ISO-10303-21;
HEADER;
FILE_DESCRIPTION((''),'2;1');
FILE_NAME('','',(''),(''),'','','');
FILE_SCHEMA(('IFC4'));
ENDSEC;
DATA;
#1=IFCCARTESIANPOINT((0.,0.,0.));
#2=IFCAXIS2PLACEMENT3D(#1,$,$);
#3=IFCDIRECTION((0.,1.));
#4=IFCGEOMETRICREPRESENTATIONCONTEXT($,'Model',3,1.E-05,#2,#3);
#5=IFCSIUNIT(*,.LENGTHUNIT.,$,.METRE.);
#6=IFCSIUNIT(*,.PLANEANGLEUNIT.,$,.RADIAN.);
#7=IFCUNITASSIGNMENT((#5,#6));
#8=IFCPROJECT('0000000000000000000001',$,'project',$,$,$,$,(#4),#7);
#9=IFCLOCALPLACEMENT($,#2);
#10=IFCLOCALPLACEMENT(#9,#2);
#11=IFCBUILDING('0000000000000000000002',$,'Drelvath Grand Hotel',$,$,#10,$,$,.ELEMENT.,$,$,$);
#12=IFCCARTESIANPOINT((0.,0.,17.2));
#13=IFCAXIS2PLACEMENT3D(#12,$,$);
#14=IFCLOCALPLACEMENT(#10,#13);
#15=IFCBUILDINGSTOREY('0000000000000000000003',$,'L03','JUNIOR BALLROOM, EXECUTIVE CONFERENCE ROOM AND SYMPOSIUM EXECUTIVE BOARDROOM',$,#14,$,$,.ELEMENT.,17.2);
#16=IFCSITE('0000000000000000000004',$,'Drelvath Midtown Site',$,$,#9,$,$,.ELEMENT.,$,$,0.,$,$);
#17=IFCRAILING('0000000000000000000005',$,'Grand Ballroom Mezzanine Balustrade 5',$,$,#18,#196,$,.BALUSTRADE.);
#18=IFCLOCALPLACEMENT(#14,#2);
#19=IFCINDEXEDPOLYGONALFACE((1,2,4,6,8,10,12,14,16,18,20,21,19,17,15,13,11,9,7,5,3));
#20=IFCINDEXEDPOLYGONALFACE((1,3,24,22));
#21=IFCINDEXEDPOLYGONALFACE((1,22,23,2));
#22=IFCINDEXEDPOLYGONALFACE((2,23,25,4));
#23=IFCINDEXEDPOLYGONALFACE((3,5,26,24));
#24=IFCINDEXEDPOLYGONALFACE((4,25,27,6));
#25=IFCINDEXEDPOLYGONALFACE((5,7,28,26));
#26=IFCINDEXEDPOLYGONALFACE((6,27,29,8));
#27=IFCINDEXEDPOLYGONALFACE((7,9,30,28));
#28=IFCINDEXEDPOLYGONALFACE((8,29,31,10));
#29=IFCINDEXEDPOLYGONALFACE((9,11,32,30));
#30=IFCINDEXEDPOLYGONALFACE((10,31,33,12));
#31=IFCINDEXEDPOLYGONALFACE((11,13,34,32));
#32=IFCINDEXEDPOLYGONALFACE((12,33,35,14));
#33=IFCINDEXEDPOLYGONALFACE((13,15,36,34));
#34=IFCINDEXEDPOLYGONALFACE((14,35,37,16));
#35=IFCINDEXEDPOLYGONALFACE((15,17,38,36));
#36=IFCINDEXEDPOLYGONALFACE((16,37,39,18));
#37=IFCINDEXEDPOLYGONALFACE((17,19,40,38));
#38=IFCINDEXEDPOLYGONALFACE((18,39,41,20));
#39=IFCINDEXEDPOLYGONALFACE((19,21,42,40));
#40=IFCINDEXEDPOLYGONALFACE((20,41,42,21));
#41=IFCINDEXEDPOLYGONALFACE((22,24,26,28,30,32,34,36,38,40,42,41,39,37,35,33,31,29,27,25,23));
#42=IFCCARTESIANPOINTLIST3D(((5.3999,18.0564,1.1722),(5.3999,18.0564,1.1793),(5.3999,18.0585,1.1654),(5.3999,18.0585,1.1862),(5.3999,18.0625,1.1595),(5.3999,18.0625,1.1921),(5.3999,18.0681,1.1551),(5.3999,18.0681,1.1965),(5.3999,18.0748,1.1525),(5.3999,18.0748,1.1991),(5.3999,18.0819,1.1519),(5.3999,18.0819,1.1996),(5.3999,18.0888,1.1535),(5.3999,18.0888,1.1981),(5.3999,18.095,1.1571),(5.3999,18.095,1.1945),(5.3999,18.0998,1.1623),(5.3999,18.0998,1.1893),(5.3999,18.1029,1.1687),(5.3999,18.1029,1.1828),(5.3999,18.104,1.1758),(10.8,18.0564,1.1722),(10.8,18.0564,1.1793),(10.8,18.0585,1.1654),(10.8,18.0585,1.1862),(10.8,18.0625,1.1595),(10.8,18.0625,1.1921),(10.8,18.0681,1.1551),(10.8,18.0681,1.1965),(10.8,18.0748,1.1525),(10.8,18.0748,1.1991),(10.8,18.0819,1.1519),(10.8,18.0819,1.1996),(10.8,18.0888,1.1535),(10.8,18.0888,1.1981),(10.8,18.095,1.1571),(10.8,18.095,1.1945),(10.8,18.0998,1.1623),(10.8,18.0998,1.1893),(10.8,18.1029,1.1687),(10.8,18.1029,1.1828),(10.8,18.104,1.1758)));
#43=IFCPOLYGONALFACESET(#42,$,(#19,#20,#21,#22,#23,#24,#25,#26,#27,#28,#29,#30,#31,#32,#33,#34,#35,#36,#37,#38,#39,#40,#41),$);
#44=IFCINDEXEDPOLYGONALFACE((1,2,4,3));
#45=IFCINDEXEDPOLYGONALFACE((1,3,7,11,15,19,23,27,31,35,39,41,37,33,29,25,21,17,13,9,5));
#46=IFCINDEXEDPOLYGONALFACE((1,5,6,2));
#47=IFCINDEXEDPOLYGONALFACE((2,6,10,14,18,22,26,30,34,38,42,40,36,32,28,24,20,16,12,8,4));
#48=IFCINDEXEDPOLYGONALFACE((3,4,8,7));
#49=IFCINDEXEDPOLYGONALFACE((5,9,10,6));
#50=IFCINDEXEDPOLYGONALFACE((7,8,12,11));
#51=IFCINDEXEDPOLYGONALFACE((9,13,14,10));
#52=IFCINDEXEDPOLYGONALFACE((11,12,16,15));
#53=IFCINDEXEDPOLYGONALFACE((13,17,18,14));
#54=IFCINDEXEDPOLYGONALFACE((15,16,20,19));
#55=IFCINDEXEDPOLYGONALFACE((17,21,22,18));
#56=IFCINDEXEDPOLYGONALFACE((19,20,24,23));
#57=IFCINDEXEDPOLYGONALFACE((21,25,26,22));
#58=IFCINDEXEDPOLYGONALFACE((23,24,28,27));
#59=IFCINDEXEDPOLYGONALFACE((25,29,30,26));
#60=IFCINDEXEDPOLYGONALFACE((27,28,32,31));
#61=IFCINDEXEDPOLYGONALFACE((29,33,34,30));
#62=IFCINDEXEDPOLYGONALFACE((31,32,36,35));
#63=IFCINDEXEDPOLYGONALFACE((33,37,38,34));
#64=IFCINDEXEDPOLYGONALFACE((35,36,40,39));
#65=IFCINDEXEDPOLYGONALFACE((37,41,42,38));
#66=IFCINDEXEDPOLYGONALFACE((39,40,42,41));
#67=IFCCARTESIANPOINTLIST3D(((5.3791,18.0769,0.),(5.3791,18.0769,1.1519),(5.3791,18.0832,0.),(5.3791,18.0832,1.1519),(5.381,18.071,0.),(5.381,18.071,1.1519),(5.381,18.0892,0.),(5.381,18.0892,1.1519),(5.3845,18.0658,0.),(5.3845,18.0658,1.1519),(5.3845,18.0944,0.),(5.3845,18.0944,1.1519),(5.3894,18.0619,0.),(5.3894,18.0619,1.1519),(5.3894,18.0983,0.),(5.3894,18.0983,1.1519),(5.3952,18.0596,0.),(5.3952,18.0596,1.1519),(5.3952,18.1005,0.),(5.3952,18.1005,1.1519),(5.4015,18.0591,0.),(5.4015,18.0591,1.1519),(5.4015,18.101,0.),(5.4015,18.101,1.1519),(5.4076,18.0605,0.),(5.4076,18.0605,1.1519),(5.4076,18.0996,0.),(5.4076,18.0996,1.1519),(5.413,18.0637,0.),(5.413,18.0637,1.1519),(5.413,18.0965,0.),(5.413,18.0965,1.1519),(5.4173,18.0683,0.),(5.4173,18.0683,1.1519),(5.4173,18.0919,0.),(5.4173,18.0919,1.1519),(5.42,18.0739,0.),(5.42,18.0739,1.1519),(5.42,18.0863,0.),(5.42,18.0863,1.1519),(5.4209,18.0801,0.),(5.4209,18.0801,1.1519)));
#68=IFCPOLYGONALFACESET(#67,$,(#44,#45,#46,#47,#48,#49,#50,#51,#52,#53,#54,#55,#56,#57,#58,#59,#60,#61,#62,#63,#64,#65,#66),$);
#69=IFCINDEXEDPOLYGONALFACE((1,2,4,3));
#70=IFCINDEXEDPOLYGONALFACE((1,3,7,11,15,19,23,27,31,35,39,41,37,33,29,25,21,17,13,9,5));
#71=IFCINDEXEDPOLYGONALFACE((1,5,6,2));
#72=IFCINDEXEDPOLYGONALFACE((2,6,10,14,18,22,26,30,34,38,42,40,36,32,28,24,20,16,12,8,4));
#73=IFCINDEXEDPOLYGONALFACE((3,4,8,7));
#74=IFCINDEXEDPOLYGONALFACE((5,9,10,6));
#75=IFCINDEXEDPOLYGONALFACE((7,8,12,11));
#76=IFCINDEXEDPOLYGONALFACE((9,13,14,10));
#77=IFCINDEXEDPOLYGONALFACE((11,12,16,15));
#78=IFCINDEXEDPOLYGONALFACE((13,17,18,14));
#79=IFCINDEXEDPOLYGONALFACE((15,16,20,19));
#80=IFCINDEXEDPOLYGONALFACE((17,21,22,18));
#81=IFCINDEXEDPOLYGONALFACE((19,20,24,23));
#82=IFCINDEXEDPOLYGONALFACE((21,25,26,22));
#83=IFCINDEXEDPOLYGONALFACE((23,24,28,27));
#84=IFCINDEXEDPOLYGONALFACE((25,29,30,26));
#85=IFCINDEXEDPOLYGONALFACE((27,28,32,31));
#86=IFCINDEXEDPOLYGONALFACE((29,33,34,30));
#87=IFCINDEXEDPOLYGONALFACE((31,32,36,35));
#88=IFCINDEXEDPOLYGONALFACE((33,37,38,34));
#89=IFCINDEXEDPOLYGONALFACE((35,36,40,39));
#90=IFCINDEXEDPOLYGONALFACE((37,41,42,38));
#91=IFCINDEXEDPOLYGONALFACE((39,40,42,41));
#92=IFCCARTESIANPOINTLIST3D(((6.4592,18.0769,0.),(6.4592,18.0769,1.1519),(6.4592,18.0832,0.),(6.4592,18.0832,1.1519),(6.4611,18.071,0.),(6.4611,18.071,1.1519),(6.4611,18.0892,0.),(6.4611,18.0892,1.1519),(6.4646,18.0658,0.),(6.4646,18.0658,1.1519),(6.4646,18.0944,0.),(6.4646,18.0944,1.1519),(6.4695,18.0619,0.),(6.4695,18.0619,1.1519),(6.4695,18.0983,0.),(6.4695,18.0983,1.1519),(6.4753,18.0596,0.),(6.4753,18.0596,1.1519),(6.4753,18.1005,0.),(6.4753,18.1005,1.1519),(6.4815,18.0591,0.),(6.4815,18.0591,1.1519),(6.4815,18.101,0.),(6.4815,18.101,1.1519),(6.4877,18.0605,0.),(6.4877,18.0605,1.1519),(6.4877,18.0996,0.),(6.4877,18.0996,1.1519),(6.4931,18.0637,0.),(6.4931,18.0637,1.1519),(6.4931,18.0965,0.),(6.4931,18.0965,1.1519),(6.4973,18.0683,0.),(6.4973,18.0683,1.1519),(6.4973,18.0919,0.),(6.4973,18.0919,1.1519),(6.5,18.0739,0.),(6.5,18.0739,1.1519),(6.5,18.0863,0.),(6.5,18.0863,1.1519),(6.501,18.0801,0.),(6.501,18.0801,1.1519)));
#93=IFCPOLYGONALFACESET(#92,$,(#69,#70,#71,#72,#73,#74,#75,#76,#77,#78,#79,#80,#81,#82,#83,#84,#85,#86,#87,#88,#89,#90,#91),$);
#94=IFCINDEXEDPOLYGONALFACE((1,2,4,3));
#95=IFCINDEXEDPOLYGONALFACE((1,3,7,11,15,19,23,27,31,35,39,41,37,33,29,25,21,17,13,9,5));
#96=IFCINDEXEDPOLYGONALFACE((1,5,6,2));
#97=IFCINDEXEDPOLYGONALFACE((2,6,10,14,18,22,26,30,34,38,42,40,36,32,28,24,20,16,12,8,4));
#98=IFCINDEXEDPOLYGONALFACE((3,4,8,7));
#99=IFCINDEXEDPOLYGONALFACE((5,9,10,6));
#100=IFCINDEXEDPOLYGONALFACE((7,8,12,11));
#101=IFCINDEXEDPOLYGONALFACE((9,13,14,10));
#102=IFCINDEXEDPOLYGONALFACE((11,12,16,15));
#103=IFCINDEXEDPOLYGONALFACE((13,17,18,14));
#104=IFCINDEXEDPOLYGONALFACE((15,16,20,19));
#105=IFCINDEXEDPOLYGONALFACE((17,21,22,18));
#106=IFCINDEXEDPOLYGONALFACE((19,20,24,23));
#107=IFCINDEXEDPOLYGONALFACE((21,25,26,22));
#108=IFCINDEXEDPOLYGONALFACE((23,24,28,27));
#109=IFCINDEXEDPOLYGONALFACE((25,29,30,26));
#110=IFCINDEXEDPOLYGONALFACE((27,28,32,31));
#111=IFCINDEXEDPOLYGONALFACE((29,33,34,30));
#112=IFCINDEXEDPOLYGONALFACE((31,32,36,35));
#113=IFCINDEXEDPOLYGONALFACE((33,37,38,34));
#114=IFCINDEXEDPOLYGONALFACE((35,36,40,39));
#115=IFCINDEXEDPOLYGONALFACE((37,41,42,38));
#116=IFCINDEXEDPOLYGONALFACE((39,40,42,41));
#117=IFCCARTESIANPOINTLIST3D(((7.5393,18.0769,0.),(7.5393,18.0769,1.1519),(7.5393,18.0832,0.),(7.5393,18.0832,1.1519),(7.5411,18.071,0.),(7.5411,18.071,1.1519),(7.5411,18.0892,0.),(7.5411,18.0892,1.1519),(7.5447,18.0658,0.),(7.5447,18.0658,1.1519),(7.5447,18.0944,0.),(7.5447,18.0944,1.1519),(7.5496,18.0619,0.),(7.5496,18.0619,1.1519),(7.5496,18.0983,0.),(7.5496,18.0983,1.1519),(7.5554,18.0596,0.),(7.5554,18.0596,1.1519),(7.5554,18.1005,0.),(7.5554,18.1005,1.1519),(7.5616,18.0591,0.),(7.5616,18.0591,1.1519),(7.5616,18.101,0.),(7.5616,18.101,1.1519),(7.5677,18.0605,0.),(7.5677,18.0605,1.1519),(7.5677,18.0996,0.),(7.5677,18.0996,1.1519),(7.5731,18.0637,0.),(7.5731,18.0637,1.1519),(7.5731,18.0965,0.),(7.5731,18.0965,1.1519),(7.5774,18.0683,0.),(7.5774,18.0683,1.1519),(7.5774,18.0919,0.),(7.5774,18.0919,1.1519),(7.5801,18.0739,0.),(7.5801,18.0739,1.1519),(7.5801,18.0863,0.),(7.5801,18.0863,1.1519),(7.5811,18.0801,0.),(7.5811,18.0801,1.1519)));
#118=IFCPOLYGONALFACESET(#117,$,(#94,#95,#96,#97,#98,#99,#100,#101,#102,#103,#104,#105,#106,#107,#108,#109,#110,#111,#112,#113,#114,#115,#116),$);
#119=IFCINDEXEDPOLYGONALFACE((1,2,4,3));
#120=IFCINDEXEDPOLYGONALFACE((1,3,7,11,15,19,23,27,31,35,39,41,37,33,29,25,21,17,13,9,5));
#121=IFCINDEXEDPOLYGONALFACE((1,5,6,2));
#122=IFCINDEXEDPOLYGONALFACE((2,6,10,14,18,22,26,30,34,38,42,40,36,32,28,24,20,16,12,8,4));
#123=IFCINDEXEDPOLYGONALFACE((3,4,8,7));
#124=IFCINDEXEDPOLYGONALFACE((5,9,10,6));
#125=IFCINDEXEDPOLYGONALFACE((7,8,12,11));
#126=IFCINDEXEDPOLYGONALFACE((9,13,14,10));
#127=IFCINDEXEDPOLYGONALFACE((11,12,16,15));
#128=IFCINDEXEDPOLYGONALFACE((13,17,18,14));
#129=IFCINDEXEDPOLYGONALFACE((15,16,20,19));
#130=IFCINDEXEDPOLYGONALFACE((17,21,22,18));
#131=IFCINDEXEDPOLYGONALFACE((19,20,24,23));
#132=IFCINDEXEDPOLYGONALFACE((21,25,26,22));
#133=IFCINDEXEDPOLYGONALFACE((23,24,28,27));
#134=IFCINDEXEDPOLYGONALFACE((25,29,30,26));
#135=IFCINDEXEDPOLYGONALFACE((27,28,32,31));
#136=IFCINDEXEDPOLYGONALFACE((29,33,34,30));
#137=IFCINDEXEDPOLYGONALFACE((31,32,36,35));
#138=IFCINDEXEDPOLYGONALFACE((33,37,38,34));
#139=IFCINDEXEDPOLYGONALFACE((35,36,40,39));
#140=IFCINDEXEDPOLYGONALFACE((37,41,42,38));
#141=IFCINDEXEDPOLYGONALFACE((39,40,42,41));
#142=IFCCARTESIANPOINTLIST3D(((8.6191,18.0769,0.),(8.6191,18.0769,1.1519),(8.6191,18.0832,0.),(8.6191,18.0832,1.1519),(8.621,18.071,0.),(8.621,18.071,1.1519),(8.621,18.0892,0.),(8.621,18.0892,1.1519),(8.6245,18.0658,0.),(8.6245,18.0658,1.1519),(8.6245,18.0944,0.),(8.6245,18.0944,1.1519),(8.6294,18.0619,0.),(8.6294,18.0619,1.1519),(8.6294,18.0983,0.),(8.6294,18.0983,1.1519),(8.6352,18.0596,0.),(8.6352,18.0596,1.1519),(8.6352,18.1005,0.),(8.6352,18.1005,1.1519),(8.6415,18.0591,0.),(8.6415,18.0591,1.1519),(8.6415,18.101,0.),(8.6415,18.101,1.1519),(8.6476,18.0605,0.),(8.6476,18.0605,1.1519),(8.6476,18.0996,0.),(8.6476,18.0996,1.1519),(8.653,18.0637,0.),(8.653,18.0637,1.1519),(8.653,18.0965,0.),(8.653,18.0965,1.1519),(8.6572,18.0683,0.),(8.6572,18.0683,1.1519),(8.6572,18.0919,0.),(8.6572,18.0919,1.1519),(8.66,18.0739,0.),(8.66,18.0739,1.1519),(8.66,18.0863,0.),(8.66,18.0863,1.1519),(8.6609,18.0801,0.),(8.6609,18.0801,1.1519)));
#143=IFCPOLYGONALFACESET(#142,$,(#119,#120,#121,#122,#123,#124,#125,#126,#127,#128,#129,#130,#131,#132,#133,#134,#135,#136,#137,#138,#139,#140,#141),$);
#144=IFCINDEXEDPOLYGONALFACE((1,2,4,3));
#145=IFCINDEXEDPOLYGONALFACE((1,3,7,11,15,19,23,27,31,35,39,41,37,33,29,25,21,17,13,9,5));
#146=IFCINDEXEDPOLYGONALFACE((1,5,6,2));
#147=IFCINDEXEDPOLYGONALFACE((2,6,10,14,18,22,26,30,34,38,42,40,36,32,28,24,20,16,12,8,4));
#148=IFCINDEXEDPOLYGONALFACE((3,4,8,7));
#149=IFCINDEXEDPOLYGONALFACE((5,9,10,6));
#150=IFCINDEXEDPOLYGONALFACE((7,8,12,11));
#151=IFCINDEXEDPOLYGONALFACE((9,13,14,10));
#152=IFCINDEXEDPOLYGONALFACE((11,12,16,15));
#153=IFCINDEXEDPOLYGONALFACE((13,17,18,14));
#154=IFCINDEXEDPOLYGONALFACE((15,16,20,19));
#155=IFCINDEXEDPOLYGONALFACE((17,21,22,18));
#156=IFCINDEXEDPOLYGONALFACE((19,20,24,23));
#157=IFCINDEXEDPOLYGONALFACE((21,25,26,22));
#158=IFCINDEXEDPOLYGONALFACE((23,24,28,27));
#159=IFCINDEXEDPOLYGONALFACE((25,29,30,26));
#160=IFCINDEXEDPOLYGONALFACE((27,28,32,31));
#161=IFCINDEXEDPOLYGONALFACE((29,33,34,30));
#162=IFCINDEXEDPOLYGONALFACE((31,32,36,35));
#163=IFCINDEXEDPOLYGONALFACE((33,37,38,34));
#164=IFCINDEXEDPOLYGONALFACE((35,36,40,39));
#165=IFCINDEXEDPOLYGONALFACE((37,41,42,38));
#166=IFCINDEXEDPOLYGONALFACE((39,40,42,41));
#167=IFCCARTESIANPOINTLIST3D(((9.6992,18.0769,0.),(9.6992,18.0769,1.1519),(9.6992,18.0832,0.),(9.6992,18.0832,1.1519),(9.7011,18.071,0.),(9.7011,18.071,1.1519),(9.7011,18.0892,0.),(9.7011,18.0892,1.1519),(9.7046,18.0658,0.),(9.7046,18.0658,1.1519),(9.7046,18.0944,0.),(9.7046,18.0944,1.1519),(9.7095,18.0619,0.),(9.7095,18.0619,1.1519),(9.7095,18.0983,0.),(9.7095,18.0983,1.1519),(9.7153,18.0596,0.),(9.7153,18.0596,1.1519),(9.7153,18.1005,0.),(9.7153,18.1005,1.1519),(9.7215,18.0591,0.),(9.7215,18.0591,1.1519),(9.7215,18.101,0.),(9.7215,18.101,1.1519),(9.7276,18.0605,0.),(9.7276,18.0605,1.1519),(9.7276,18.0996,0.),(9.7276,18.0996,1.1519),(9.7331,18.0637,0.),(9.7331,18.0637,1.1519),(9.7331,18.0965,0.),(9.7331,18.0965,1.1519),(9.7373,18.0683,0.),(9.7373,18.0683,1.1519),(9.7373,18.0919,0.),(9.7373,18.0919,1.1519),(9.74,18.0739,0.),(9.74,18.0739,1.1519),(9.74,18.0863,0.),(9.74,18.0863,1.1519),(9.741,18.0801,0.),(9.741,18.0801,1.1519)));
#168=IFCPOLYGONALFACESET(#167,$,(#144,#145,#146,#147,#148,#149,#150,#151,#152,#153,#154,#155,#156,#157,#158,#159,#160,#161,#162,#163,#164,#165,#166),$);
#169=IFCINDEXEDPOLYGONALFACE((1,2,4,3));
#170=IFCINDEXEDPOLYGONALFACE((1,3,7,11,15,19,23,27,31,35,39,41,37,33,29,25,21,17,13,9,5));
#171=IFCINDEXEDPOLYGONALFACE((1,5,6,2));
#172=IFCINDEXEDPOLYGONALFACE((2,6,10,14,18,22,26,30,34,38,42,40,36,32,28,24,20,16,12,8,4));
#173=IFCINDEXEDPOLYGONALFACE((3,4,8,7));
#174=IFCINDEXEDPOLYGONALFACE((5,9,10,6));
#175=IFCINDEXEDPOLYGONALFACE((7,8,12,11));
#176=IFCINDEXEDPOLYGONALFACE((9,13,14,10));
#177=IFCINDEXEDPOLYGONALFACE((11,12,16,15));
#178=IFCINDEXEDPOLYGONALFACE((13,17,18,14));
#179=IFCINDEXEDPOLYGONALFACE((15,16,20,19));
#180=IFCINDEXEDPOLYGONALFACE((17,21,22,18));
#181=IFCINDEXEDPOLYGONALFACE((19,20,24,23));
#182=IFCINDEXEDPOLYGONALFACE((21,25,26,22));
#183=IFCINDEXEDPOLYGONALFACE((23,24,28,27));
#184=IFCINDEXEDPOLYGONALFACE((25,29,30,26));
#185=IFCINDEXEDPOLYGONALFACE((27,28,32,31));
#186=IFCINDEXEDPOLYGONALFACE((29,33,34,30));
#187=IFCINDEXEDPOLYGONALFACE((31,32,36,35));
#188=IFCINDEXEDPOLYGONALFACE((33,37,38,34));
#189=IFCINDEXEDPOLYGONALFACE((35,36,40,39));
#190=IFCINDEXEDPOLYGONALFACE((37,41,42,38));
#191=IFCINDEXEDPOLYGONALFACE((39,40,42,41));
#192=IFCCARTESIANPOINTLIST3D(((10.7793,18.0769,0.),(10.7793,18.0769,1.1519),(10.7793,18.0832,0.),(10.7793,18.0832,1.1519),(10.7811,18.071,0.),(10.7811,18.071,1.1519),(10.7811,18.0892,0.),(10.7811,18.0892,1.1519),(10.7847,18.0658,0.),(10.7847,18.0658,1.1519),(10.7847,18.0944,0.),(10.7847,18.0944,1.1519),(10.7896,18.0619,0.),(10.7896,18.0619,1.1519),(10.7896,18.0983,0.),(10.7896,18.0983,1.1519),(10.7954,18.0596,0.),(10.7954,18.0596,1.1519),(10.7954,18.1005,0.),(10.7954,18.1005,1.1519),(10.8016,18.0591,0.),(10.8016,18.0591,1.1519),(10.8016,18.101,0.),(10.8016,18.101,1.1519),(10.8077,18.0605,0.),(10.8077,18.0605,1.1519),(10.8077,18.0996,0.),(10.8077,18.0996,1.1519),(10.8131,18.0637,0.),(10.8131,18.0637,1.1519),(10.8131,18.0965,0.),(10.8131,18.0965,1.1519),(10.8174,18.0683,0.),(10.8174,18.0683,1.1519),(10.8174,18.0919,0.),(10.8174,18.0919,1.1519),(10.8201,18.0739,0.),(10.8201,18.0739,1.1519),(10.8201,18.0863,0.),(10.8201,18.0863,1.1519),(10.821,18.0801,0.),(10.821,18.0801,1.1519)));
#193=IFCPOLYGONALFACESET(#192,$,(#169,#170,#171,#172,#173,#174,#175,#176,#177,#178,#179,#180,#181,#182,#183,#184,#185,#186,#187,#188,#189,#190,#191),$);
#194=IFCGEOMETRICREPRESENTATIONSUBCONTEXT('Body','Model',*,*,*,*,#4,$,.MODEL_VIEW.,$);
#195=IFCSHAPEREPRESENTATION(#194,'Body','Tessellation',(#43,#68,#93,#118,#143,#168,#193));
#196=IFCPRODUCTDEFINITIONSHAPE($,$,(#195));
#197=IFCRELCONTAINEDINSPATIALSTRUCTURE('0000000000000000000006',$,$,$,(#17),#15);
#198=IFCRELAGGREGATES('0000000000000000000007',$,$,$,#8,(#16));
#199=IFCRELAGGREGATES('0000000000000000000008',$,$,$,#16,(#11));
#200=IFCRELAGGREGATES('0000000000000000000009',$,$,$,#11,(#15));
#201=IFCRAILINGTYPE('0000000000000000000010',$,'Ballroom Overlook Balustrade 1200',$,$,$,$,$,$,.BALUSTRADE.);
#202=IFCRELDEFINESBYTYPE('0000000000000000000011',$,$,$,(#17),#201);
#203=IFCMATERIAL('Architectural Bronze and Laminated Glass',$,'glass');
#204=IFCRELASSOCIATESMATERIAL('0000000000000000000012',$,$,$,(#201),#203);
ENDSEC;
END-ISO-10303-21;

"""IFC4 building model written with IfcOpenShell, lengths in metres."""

from ifc_helpers import new_model, si_unit, direction, frame, origin, origin_2d, place, context, subcontext, project, spatial, circle, extrude, material, type_object, element, save


model = new_model("IFC4")

# Units and contexts
model_context = context("Model", 3, precision=1e-05, world=origin(), true_north=direction((0.0, 1.0)))
body_context = subcontext(model_context, "Body", "Model", "MODEL_VIEW")
ifc_project = project(units=[si_unit("LENGTHUNIT", "METRE"), si_unit("PLANEANGLEUNIT", "RADIAN")], contexts=[model_context])

# Site, building, storey
site_placement = place(None, origin())
site = spatial("IfcSite", under=ifc_project, at=site_placement, Name="Drelvath Midtown Site", CompositionType="ELEMENT", RefElevation=0.0)
building_placement = place(site_placement, origin())
building = spatial("IfcBuilding", under=site, at=building_placement, Name="Drelvath Grand Hotel", CompositionType="ELEMENT")
storey_placement = place(building_placement, frame((0.0, 0.0, 17.2)))
storey = spatial("IfcBuildingStorey", under=building, at=storey_placement, Name="L03", Description="JUNIOR BALLROOM, EXECUTIVE CONFERENCE ROOM AND SYMPOSIUM EXECUTIVE BOARDROOM", CompositionType="ELEMENT", Elevation=17.2)

# Railing
ifc_material_1 = material(Name="Architectural Bronze and Laminated Glass", Category="glass")
railing_type_1 = type_object("IfcRailingType", Name="Ballroom Overlook Balustrade 1200", PredefinedType="BALUSTRADE", material=ifc_material_1)
railing_1_placement = place(storey_placement, frame((5.3999, 18.0801, 0.0)))
element("IfcRailing", 1, at=railing_1_placement, inside=storey, type_object=railing_type_1, Name="Grand Ballroom Mezzanine Balustrade 5", PredefinedType="BALUSTRADE", context=body_context, shape_type="SweptSolid", body=[
    extrude(circle(Radius=0.0239, at=origin_2d()), frame((0.0, 0.0, 1.1758), z_axis=(1.0, 0.0, 0.0), x_axis=(0.0, 1.0, 0.0)), (0.0, 0.0, 1.0), 5.4001),
    extrude(circle(Radius=0.021, at=origin_2d()), origin(), (0.0, 0.0, 1.0), 1.1519),
    extrude(circle(Radius=0.021, at=origin_2d()), frame((1.0801, 0.0, 0.0)), (0.0, 0.0, 1.0), 1.1519),
    extrude(circle(Radius=0.021, at=origin_2d()), frame((2.1602, 0.0, 0.0)), (0.0, 0.0, 1.0), 1.1519),
    extrude(circle(Radius=0.021, at=origin_2d()), frame((3.24, 0.0, 0.0)), (0.0, 0.0, 1.0), 1.1519),
    extrude(circle(Radius=0.021, at=origin_2d()), frame((4.3201, 0.0, 0.0)), (0.0, 0.0, 1.0), 1.1519),
    extrude(circle(Radius=0.021, at=origin_2d()), frame((5.4001, 0.0, 0.0)), (0.0, 0.0, 1.0), 1.1519),
])

save(model, "model.ifc")
